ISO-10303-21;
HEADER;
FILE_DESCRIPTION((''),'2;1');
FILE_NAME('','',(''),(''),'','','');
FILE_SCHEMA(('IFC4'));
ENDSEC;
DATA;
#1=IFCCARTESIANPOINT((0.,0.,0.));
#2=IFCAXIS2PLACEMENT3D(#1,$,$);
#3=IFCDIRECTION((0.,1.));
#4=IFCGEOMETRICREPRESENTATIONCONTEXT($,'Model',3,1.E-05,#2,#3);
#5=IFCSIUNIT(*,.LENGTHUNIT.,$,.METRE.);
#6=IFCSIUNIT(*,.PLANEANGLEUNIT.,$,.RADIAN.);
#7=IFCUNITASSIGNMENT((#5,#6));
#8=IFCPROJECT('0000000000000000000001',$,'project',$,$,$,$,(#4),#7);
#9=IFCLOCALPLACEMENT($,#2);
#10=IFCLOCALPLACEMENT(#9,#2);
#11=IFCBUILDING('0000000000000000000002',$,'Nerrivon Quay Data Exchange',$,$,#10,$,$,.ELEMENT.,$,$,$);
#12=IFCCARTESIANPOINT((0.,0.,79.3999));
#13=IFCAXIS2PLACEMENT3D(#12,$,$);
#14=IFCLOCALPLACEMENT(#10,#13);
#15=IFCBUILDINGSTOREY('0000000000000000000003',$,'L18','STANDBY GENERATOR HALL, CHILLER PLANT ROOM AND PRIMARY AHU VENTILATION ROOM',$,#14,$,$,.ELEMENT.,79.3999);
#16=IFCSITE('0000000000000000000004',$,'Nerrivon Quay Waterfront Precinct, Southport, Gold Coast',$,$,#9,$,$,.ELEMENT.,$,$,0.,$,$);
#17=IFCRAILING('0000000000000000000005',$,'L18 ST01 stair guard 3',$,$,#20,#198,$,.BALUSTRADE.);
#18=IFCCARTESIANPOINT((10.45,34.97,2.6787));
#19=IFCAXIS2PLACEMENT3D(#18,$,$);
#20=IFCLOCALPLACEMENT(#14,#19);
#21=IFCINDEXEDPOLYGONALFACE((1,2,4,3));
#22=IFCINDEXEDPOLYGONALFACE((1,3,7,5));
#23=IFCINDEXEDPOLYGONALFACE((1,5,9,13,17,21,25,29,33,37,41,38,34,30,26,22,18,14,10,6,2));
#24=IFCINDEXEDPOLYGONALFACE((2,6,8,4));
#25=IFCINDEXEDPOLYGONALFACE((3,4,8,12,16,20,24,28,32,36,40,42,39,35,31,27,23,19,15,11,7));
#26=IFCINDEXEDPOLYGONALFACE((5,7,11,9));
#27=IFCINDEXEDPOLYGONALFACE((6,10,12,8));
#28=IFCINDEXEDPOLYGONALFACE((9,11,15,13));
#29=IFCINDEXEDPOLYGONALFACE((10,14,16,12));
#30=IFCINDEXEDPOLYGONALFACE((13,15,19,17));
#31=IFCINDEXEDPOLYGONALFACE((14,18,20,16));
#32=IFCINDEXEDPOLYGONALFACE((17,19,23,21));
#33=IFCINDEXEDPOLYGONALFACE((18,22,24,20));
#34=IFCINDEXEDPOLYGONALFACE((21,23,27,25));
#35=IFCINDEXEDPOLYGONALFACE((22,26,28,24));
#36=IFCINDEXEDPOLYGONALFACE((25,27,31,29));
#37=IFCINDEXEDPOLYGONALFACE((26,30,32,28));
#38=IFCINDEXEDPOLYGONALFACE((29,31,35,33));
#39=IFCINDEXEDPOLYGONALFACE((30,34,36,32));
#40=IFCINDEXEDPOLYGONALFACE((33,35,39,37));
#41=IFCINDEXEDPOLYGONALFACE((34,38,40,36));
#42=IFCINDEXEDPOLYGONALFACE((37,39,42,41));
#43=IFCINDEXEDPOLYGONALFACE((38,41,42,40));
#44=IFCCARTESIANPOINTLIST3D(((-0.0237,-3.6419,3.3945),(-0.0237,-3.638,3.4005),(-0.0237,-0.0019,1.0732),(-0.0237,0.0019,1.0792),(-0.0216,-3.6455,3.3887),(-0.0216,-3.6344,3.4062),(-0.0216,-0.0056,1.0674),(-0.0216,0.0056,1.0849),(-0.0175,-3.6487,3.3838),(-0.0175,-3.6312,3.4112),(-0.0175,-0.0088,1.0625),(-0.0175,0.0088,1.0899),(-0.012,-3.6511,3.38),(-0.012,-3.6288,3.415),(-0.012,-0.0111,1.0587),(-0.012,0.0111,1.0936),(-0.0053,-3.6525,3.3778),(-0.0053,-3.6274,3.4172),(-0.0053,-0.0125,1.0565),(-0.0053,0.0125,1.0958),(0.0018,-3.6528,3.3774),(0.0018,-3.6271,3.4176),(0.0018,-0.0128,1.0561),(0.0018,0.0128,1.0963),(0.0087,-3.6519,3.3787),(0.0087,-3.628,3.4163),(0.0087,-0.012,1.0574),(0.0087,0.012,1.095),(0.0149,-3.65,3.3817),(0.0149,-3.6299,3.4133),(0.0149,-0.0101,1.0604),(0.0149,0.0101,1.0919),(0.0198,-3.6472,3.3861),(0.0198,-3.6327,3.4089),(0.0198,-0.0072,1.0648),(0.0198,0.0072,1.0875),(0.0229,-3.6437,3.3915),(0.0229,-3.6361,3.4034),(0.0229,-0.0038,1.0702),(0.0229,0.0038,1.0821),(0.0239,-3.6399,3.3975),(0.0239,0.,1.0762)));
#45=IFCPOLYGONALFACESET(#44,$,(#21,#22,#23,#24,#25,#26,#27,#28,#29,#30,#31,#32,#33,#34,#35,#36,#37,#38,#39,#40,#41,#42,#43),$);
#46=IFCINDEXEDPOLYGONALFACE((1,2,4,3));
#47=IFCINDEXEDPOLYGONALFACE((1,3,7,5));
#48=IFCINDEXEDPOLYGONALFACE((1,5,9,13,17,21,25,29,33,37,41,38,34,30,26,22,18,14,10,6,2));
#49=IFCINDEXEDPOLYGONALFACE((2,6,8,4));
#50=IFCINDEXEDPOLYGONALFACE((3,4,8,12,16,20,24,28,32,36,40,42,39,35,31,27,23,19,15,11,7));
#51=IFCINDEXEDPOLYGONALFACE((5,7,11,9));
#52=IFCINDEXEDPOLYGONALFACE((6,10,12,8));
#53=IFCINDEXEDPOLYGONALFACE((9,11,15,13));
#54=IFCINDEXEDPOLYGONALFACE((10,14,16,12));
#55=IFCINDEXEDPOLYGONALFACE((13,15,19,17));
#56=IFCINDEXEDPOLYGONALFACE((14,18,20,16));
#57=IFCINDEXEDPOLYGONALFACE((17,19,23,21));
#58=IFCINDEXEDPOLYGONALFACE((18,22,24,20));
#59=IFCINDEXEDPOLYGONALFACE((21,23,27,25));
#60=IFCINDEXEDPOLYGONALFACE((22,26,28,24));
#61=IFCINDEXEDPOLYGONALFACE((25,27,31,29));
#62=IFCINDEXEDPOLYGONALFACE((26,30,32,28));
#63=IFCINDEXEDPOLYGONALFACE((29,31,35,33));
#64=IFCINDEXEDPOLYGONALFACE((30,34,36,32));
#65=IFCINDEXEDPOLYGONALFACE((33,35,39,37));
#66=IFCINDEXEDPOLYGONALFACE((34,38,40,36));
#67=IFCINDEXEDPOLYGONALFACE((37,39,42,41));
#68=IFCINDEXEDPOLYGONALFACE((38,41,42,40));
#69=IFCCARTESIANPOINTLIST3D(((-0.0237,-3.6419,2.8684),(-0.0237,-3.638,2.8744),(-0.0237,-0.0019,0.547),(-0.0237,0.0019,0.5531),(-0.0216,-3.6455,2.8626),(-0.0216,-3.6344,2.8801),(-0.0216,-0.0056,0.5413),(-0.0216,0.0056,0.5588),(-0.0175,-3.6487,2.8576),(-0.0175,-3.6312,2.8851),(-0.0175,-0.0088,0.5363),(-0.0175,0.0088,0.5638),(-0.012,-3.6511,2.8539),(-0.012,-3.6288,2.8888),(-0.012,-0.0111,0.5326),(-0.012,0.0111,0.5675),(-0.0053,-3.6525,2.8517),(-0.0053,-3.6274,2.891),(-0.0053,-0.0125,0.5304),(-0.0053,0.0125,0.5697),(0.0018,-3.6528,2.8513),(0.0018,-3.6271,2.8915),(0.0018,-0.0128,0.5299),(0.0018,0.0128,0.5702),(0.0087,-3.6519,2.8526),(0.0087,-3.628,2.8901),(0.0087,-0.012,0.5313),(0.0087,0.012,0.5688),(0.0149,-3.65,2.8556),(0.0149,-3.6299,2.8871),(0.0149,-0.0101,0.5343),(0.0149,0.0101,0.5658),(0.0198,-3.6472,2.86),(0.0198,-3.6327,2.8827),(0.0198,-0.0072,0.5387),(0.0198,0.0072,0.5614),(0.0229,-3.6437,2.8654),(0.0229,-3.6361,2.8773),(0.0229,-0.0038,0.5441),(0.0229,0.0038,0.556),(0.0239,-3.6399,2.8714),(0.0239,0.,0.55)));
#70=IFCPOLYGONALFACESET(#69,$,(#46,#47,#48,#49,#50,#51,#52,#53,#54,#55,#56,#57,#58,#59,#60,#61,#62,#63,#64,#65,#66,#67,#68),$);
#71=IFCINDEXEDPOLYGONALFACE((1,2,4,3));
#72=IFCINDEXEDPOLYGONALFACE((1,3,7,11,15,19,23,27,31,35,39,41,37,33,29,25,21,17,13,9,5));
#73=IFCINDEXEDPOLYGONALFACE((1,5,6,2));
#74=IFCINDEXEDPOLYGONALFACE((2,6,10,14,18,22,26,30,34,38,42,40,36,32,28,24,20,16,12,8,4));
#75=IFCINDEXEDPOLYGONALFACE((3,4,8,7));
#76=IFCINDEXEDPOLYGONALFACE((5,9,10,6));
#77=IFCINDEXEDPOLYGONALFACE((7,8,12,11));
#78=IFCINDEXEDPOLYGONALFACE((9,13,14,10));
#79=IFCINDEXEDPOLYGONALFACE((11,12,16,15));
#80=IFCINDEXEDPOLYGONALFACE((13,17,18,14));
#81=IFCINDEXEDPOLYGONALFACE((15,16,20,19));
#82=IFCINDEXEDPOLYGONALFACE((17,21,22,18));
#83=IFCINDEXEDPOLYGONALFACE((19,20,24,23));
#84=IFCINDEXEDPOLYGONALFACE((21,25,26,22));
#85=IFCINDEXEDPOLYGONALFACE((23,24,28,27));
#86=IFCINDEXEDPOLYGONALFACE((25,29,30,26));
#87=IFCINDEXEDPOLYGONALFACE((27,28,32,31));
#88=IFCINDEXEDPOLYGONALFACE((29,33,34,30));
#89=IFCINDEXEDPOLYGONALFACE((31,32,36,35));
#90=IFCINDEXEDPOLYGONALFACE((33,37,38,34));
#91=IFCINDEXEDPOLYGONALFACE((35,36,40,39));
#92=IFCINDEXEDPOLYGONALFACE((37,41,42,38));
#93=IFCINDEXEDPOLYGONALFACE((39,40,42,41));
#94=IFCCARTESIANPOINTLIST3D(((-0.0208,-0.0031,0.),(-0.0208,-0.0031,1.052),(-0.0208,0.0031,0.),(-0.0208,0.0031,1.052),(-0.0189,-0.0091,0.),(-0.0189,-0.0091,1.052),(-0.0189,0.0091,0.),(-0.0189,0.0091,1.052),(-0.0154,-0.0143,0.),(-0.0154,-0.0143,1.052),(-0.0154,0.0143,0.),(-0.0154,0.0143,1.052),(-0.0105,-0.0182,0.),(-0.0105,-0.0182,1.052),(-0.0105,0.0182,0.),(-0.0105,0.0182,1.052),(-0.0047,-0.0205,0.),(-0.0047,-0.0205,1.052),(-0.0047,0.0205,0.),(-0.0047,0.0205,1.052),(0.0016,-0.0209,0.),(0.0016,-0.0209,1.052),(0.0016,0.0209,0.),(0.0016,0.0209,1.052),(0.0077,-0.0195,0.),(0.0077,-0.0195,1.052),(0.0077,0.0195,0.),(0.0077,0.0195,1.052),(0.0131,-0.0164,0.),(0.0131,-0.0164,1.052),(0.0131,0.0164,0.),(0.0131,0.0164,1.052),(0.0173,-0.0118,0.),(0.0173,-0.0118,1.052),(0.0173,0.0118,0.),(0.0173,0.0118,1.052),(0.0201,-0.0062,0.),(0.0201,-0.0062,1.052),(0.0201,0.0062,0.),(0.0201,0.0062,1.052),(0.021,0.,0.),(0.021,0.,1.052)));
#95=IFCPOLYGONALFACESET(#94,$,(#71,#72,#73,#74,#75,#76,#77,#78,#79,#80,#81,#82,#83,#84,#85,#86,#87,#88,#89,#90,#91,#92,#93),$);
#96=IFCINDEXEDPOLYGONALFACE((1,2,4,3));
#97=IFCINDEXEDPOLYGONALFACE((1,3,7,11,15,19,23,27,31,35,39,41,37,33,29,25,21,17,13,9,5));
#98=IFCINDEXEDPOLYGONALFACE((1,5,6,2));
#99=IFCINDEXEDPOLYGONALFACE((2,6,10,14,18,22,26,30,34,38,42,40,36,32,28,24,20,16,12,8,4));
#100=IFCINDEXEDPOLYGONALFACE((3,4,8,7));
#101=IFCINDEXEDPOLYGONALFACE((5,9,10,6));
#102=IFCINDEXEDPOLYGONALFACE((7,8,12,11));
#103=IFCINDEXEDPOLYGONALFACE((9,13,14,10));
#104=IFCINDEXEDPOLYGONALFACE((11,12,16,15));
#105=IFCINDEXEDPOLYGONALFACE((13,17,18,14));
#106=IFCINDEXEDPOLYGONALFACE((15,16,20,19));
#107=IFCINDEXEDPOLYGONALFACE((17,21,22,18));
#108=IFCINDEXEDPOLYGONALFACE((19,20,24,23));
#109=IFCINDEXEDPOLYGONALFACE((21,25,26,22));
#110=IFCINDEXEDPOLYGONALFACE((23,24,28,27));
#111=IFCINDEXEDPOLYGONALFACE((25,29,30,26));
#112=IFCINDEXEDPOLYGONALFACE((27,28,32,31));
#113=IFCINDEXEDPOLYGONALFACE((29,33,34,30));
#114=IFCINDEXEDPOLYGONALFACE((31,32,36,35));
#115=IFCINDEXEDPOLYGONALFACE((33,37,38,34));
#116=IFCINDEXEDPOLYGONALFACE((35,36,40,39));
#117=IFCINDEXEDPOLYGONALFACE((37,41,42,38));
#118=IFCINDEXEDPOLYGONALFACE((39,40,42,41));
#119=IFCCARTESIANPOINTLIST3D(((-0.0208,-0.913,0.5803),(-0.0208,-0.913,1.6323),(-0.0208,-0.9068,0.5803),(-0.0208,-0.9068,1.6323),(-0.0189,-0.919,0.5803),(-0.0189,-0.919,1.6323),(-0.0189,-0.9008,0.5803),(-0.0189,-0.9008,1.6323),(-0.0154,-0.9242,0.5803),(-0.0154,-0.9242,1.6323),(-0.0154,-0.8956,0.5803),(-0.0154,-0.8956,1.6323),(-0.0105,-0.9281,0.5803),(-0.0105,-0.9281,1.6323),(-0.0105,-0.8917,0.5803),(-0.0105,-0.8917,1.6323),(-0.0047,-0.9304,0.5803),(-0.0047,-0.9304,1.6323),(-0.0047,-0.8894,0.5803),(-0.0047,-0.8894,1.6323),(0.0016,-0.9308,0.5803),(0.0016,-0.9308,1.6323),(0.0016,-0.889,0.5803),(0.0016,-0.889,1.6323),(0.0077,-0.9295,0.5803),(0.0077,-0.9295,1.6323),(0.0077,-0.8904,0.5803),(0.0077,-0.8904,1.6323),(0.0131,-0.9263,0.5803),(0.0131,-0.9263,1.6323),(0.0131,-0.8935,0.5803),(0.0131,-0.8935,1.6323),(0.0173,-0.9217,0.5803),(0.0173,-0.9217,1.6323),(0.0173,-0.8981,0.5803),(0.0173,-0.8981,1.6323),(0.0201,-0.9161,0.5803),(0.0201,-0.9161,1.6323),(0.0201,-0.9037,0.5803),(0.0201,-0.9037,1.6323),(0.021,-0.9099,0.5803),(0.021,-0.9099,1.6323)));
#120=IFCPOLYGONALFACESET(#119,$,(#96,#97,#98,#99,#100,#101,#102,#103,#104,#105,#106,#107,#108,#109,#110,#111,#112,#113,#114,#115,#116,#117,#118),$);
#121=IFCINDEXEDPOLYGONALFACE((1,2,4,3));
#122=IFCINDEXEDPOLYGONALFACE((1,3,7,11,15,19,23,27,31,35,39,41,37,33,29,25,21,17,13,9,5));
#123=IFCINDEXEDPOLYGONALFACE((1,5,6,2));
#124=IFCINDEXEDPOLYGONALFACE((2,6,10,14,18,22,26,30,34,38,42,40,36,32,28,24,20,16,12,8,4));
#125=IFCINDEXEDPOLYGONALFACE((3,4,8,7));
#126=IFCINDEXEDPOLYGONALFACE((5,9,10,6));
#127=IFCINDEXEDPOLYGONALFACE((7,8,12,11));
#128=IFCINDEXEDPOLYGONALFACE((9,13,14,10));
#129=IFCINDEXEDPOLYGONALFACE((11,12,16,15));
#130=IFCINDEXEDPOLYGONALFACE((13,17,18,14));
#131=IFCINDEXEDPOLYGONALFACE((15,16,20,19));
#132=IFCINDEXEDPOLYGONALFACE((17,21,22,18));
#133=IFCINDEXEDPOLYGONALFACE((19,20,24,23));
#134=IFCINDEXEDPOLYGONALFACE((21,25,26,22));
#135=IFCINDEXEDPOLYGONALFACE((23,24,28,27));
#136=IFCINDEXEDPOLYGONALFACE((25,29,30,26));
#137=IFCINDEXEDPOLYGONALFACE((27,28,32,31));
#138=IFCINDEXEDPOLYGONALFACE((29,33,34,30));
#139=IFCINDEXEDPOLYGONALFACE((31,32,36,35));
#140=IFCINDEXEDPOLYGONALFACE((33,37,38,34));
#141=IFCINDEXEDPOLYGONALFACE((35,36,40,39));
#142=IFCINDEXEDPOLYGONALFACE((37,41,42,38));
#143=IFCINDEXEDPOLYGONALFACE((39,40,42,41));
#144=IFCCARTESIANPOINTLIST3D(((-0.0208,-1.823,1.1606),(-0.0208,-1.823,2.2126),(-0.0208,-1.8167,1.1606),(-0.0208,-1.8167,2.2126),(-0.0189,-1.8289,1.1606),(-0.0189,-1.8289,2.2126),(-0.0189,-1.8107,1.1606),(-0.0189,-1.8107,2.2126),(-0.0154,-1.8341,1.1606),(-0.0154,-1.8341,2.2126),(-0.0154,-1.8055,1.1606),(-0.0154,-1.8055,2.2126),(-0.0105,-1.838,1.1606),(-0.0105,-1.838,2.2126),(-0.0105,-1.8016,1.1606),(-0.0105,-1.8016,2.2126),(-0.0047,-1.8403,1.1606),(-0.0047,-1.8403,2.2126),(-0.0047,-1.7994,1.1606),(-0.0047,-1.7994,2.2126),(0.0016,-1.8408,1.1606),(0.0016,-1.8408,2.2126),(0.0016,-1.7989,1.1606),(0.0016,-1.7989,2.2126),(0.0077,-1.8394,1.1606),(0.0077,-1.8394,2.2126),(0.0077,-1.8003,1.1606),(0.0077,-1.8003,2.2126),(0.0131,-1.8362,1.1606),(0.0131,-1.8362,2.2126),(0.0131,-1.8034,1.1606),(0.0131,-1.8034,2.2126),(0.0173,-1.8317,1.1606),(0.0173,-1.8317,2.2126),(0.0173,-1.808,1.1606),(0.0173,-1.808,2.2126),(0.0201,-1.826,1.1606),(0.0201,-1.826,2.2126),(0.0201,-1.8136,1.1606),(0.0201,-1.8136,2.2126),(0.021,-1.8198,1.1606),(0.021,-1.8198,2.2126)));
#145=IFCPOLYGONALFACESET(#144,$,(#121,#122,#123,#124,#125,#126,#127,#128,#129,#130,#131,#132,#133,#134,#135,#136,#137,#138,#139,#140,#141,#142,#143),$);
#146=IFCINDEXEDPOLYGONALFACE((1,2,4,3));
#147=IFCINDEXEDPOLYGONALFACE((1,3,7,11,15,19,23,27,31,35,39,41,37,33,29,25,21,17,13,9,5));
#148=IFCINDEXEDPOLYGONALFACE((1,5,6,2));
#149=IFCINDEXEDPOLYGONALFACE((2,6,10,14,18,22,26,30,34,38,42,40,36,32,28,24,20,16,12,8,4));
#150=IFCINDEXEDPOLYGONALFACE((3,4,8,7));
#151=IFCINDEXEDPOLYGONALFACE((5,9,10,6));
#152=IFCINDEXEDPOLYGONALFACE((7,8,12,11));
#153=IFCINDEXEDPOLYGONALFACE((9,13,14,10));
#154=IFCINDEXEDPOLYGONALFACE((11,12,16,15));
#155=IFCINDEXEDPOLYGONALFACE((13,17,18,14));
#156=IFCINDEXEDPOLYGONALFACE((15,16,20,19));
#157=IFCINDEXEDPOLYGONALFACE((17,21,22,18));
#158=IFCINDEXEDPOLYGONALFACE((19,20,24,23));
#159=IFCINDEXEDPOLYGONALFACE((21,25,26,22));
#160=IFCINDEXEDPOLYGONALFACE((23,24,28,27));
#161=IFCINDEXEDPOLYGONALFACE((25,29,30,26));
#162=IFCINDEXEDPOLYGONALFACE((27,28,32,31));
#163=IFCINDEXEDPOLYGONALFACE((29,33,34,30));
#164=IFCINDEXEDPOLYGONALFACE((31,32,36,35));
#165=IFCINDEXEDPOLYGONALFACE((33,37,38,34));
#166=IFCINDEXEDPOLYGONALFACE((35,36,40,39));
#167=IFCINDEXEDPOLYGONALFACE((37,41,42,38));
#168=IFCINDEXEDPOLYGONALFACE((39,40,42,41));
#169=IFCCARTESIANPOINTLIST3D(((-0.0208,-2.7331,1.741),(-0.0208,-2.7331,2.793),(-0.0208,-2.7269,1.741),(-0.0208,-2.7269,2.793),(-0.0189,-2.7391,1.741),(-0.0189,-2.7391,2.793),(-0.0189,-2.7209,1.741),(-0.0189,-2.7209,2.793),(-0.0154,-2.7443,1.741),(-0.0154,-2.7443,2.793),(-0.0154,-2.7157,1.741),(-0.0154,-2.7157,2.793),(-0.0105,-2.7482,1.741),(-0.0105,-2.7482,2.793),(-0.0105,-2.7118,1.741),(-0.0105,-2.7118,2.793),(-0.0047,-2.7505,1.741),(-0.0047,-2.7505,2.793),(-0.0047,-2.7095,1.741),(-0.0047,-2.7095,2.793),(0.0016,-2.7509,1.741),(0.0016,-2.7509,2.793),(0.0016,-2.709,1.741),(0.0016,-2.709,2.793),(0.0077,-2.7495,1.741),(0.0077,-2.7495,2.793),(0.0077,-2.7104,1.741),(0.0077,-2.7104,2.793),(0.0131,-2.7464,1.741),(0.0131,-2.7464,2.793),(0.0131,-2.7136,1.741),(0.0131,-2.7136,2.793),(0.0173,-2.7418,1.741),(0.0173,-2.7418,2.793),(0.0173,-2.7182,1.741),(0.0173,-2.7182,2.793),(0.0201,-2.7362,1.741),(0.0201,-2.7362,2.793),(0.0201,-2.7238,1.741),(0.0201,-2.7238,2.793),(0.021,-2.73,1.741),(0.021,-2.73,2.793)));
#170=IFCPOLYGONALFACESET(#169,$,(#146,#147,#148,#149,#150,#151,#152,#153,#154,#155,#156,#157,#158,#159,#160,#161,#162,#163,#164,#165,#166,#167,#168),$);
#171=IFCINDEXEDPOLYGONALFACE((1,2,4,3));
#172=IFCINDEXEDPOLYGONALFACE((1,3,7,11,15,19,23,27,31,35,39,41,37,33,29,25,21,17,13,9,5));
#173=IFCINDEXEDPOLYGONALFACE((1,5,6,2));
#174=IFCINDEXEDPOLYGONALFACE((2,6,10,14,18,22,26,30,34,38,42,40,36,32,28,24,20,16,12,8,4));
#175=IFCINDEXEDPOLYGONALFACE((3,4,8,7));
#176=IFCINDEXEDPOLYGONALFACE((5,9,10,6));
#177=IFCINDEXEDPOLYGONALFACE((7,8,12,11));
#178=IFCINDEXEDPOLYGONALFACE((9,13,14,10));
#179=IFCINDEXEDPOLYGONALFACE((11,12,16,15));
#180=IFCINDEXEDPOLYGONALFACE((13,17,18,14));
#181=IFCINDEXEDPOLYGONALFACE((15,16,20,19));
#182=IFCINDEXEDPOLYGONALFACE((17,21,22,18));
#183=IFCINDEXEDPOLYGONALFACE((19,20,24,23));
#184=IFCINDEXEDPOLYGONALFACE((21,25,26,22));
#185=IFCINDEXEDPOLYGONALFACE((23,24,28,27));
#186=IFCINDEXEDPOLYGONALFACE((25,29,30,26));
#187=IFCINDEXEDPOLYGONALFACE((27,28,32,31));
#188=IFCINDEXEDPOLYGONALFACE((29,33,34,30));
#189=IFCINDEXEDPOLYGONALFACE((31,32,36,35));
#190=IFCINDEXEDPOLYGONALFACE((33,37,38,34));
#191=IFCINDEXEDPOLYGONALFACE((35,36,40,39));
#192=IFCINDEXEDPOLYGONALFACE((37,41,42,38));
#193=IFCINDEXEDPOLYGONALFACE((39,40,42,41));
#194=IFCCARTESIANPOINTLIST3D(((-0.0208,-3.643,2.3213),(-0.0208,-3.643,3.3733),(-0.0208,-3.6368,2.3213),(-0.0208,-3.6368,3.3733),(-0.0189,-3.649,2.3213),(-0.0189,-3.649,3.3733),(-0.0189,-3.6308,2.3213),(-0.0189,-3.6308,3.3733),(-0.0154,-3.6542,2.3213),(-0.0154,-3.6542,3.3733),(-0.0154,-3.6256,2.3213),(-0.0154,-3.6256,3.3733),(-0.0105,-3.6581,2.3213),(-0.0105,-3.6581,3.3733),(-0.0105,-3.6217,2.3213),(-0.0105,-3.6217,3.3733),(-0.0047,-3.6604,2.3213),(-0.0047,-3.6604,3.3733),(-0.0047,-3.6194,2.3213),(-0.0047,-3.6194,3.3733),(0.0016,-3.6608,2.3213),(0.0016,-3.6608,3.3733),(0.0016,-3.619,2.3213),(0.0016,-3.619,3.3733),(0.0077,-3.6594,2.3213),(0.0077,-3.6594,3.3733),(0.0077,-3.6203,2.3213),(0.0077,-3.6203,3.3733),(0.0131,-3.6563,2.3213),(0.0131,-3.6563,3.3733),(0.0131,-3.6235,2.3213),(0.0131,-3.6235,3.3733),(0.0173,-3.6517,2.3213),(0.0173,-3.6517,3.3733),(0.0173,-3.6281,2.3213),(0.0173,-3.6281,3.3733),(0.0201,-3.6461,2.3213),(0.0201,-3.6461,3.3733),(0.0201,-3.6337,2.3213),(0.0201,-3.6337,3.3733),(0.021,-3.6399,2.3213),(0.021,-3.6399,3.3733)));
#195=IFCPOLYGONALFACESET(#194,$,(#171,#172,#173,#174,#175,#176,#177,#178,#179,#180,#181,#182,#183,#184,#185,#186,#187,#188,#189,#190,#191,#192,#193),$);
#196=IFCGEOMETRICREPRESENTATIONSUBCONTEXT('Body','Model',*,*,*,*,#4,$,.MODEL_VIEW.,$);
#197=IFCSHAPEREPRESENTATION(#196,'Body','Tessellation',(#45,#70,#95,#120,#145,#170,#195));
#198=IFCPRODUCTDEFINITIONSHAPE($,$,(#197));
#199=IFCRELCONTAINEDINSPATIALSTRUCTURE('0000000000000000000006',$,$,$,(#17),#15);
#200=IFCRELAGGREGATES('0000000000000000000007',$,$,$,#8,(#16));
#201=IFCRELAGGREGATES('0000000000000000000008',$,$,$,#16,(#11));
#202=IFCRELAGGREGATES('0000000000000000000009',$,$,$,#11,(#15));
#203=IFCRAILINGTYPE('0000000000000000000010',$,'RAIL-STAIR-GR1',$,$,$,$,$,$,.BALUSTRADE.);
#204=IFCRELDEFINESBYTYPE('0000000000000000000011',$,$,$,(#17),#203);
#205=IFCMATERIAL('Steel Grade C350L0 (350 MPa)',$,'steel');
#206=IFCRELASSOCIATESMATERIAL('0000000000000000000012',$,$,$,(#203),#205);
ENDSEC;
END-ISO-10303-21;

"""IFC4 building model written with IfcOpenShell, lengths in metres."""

from ifc_helpers import new_model, si_unit, direction, frame, origin, origin_2d, place, context, subcontext, project, spatial, circle, extrude, material, type_object, element, save


model = new_model("IFC4")

# Units and contexts
model_context = context("Model", 3, precision=1e-05, world=origin(), true_north=direction((0.0, 1.0)))
body_context = subcontext(model_context, "Body", "Model", "MODEL_VIEW")
ifc_project = project(units=[si_unit("LENGTHUNIT", "METRE"), si_unit("PLANEANGLEUNIT", "RADIAN")], contexts=[model_context])

# Site, building, storey
site_placement = place(None, origin())
site = spatial("IfcSite", under=ifc_project, at=site_placement, Name="Nerrivon Quay Waterfront Precinct, Southport, Gold Coast", CompositionType="ELEMENT", RefElevation=0.0)
building_placement = place(site_placement, origin())
building = spatial("IfcBuilding", under=site, at=building_placement, Name="Nerrivon Quay Data Exchange", CompositionType="ELEMENT")
storey_placement = place(building_placement, frame((0.0, 0.0, 79.3999)))
storey = spatial("IfcBuildingStorey", under=building, at=storey_placement, Name="L18", Description="STANDBY GENERATOR HALL, CHILLER PLANT ROOM AND PRIMARY AHU VENTILATION ROOM", CompositionType="ELEMENT", Elevation=79.3999)

# Shared definitions
ifc_material_1 = material(Name="Steel Grade C350L0 (350 MPa)", Category="steel")

# Railing
railing_type_1 = type_object("IfcRailingType", Name="RAIL-STAIR-GR1", PredefinedType="BALUSTRADE", material=ifc_material_1)
railing_1_placement = place(storey_placement, frame((10.45, 34.97, 2.6787)))
element("IfcRailing", 1, at=railing_1_placement, inside=storey, type_object=railing_type_1, Name="L18 ST01 stair guard 3", PredefinedType="BALUSTRADE", context=body_context, shape_type="SweptSolid", body=[
    extrude(circle(Radius=0.0239, at=origin_2d()), frame((0.0, 0.0, 1.0762), z_axis=(0.0, -0.843137, 0.537699), x_axis=(1.0, 0.0, 0.0)), (0.0, 0.0, 1.0), 4.3171),
    extrude(circle(Radius=0.0239, at=origin_2d()), frame((0.0, 0.0, 0.55), z_axis=(0.0, -0.843137, 0.537699), x_axis=(1.0, 0.0, 0.0)), (0.0, 0.0, 1.0), 4.3171),
    extrude(circle(Radius=0.021, at=origin_2d()), origin(), (0.0, 0.0, 1.0), 1.052),
    extrude(circle(Radius=0.021, at=origin_2d()), frame((0.0, -0.9099, 0.5803)), (0.0, 0.0, 1.0), 1.052),
    extrude(circle(Radius=0.021, at=origin_2d()), frame((0.0, -1.8198, 1.1606)), (0.0, 0.0, 1.0), 1.052),
    extrude(circle(Radius=0.021, at=origin_2d()), frame((0.0, -2.73, 1.741)), (0.0, 0.0, 1.0), 1.052),
    extrude(circle(Radius=0.021, at=origin_2d()), frame((0.0, -3.6399, 2.3213)), (0.0, 0.0, 1.0), 1.052),
])

save(model, "model.ifc")
